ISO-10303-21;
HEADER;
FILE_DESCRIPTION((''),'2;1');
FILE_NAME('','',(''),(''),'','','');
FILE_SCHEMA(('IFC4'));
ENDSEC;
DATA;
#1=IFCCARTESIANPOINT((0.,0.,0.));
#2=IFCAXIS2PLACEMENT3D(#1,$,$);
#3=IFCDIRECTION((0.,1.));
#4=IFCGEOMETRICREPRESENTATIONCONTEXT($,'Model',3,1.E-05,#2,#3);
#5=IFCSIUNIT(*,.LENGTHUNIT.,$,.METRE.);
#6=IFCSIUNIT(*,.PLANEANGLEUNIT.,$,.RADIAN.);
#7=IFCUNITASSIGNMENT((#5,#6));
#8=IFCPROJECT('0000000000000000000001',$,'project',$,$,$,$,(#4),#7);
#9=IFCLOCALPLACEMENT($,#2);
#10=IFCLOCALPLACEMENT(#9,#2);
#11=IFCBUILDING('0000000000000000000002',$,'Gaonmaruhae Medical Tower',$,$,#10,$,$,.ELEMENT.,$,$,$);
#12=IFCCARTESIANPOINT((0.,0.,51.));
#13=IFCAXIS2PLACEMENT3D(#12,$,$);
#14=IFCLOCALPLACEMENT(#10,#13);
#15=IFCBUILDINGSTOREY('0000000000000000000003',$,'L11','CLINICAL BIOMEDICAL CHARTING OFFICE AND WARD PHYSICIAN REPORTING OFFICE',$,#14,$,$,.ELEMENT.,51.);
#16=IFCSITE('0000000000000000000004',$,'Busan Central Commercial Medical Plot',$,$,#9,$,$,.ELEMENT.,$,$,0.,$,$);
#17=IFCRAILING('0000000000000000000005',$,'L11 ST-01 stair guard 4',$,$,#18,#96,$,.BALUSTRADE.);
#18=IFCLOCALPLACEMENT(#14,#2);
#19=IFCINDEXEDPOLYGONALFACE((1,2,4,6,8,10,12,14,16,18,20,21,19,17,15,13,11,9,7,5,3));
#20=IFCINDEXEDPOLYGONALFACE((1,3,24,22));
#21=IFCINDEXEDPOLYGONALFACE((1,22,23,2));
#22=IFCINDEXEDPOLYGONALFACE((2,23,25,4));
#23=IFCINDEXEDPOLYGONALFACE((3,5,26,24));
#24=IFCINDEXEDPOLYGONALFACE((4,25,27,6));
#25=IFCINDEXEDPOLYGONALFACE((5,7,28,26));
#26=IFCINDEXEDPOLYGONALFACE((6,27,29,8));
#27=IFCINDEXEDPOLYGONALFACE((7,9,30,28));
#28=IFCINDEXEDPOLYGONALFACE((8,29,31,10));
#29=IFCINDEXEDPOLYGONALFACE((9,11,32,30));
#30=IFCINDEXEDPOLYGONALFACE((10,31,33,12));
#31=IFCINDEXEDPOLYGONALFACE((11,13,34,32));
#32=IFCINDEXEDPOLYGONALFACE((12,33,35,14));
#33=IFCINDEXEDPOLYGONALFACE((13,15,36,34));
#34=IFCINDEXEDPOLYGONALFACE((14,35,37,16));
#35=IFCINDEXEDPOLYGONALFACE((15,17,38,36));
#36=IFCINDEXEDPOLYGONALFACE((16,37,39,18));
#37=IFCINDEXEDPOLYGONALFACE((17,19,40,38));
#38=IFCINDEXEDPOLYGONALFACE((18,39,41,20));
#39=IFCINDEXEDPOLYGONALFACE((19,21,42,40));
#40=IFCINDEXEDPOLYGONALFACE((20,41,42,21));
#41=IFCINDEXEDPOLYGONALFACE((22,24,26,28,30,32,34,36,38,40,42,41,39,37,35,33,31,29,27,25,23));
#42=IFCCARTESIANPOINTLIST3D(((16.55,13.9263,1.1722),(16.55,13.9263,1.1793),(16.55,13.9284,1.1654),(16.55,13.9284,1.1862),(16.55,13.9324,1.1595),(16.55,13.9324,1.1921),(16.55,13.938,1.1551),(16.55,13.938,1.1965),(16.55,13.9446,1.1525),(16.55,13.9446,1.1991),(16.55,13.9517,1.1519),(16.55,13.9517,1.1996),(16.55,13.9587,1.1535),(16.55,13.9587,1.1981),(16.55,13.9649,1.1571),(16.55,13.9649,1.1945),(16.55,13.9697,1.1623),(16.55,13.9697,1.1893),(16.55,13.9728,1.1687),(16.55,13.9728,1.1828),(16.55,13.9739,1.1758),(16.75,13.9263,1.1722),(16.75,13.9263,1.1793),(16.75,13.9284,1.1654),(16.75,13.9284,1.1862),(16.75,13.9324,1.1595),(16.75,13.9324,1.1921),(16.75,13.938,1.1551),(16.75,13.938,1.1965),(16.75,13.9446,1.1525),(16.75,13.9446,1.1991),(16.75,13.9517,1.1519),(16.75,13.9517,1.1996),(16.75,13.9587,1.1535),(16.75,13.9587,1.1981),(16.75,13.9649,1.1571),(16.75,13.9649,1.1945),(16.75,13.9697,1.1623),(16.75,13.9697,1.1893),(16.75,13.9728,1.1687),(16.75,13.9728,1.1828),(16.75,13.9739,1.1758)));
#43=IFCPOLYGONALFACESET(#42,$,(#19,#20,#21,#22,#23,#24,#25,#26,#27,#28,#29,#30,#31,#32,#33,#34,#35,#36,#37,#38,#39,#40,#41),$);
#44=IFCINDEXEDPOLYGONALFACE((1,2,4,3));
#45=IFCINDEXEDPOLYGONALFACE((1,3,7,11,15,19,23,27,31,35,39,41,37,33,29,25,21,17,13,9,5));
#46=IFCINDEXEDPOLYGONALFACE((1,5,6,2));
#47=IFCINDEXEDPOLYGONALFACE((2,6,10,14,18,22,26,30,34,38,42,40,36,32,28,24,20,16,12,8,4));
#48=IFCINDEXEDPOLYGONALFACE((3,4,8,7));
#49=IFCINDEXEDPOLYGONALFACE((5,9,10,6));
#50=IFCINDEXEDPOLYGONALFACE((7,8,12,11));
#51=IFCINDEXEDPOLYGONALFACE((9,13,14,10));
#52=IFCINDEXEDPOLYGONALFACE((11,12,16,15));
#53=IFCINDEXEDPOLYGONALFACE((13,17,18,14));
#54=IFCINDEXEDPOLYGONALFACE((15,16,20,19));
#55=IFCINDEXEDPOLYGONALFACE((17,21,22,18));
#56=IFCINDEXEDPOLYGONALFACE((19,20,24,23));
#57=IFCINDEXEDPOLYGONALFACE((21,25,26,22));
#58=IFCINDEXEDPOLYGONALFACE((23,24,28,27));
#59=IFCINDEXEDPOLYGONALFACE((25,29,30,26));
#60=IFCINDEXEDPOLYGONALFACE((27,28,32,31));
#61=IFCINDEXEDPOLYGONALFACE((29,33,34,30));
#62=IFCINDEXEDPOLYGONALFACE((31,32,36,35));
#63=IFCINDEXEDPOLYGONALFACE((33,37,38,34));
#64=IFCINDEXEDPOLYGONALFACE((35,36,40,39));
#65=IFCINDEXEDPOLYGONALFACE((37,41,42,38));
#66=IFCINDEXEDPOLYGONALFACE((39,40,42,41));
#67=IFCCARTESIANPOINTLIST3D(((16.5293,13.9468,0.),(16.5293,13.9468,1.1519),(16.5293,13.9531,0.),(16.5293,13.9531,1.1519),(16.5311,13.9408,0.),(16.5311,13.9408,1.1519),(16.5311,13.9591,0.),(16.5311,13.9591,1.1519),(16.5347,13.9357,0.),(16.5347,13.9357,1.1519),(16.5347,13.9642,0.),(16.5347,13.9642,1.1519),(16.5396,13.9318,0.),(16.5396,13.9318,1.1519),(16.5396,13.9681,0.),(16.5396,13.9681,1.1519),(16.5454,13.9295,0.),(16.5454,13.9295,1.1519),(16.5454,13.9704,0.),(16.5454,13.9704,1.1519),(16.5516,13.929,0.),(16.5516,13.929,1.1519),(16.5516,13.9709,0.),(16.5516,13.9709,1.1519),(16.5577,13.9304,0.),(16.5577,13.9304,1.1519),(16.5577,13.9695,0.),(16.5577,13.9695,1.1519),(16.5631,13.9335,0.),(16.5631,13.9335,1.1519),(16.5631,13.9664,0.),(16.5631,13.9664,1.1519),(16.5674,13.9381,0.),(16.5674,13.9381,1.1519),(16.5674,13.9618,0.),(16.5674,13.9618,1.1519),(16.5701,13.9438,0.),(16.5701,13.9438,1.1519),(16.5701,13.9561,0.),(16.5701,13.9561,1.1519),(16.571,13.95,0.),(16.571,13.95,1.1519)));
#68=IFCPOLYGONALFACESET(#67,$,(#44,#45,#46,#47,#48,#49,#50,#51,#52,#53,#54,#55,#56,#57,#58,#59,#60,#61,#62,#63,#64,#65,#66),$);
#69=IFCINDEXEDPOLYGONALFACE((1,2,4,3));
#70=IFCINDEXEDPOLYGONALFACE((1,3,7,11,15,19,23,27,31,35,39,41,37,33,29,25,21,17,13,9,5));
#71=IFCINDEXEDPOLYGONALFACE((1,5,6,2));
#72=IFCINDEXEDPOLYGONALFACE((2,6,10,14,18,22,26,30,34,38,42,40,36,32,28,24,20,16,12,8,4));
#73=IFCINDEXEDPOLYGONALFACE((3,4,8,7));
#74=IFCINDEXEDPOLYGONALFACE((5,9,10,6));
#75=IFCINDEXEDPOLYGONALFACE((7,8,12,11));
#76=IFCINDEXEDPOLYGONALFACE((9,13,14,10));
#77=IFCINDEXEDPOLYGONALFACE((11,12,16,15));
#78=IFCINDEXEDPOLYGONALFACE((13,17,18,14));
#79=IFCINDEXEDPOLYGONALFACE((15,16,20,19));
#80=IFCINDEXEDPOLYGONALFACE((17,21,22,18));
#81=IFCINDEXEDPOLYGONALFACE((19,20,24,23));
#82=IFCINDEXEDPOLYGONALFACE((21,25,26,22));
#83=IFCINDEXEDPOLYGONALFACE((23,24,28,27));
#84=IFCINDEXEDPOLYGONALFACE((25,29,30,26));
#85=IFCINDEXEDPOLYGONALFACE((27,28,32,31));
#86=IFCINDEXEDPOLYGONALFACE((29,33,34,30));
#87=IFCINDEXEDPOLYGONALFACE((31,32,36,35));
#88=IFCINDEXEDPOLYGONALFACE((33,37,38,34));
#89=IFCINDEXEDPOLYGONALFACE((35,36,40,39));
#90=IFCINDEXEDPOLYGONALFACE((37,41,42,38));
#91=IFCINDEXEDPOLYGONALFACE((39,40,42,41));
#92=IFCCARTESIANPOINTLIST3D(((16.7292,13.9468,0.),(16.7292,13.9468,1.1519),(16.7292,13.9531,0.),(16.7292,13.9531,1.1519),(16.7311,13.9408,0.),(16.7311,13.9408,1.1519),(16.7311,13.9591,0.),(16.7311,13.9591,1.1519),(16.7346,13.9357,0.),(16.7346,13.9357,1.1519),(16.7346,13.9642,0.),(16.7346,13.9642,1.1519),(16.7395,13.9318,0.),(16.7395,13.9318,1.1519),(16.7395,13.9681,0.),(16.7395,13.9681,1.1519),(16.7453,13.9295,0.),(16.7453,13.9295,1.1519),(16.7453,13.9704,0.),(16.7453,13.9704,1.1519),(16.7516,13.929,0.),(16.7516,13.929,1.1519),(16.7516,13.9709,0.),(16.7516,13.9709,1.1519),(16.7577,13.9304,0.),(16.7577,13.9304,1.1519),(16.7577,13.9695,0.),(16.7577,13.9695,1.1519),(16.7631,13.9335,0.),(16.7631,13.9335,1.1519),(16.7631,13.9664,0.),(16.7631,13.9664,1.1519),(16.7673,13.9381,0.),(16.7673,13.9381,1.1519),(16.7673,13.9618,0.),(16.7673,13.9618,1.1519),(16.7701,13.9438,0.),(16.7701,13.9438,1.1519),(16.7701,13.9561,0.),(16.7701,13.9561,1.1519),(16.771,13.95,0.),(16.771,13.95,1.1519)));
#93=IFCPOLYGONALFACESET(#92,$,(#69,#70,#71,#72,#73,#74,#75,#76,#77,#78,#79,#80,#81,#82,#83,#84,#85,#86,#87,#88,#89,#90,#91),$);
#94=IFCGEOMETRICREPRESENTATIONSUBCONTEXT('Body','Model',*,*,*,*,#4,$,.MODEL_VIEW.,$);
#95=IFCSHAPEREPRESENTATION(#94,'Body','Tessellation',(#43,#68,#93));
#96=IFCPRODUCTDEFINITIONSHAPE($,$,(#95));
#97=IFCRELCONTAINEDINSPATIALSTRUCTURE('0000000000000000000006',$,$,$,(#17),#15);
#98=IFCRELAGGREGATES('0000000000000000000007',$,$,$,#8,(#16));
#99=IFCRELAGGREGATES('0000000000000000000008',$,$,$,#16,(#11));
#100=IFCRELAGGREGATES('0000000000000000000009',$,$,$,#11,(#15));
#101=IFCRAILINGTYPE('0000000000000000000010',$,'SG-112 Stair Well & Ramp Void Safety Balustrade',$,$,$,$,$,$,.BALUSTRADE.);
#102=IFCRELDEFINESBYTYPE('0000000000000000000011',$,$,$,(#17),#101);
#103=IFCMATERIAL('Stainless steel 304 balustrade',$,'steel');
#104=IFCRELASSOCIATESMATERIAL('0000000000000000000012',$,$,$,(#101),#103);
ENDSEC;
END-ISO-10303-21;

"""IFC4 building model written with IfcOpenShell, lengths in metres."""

from ifc_helpers import new_model, si_unit, direction, frame, origin, origin_2d, place, context, subcontext, project, spatial, circle, extrude, material, type_object, element, save


model = new_model("IFC4")

# Units and contexts
model_context = context("Model", 3, precision=1e-05, world=origin(), true_north=direction((0.0, 1.0)))
body_context = subcontext(model_context, "Body", "Model", "MODEL_VIEW")
ifc_project = project(units=[si_unit("LENGTHUNIT", "METRE"), si_unit("PLANEANGLEUNIT", "RADIAN")], contexts=[model_context])

# Site, building, storey
site_placement = place(None, origin())
site = spatial("IfcSite", under=ifc_project, at=site_placement, Name="Busan Central Commercial Medical Plot", CompositionType="ELEMENT", RefElevation=0.0)
building_placement = place(site_placement, origin())
building = spatial("IfcBuilding", under=site, at=building_placement, Name="Gaonmaruhae Medical Tower", CompositionType="ELEMENT")
storey_placement = place(building_placement, frame((0.0, 0.0, 51.0)))
storey = spatial("IfcBuildingStorey", under=building, at=storey_placement, Name="L11", Description="CLINICAL BIOMEDICAL CHARTING OFFICE AND WARD PHYSICIAN REPORTING OFFICE", CompositionType="ELEMENT", Elevation=51.0)

# Railing
ifc_material_1 = material(Name="Stainless steel 304 balustrade", Category="steel")
railing_type_1 = type_object("IfcRailingType", Name="SG-112 Stair Well & Ramp Void Safety Balustrade", PredefinedType="BALUSTRADE", material=ifc_material_1)
railing_1_placement = place(storey_placement, frame((16.55, 13.95, 0.0)))
element("IfcRailing", 1, at=railing_1_placement, inside=storey, type_object=railing_type_1, Name="L11 ST-01 stair guard 4", PredefinedType="BALUSTRADE", context=body_context, shape_type="SweptSolid", body=[
    extrude(circle(Radius=0.0239, at=origin_2d()), frame((0.0, 0.0, 1.1758), z_axis=(1.0, 0.0, 0.0), x_axis=(0.0, 1.0, 0.0)), (0.0, 0.0, 1.0), 0.2),
    extrude(circle(Radius=0.021, at=origin_2d()), origin(), (0.0, 0.0, 1.0), 1.1519),
    extrude(circle(Radius=0.021, at=origin_2d()), frame((0.2, 0.0, 0.0)), (0.0, 0.0, 1.0), 1.1519),
])

save(model, "model.ifc")
